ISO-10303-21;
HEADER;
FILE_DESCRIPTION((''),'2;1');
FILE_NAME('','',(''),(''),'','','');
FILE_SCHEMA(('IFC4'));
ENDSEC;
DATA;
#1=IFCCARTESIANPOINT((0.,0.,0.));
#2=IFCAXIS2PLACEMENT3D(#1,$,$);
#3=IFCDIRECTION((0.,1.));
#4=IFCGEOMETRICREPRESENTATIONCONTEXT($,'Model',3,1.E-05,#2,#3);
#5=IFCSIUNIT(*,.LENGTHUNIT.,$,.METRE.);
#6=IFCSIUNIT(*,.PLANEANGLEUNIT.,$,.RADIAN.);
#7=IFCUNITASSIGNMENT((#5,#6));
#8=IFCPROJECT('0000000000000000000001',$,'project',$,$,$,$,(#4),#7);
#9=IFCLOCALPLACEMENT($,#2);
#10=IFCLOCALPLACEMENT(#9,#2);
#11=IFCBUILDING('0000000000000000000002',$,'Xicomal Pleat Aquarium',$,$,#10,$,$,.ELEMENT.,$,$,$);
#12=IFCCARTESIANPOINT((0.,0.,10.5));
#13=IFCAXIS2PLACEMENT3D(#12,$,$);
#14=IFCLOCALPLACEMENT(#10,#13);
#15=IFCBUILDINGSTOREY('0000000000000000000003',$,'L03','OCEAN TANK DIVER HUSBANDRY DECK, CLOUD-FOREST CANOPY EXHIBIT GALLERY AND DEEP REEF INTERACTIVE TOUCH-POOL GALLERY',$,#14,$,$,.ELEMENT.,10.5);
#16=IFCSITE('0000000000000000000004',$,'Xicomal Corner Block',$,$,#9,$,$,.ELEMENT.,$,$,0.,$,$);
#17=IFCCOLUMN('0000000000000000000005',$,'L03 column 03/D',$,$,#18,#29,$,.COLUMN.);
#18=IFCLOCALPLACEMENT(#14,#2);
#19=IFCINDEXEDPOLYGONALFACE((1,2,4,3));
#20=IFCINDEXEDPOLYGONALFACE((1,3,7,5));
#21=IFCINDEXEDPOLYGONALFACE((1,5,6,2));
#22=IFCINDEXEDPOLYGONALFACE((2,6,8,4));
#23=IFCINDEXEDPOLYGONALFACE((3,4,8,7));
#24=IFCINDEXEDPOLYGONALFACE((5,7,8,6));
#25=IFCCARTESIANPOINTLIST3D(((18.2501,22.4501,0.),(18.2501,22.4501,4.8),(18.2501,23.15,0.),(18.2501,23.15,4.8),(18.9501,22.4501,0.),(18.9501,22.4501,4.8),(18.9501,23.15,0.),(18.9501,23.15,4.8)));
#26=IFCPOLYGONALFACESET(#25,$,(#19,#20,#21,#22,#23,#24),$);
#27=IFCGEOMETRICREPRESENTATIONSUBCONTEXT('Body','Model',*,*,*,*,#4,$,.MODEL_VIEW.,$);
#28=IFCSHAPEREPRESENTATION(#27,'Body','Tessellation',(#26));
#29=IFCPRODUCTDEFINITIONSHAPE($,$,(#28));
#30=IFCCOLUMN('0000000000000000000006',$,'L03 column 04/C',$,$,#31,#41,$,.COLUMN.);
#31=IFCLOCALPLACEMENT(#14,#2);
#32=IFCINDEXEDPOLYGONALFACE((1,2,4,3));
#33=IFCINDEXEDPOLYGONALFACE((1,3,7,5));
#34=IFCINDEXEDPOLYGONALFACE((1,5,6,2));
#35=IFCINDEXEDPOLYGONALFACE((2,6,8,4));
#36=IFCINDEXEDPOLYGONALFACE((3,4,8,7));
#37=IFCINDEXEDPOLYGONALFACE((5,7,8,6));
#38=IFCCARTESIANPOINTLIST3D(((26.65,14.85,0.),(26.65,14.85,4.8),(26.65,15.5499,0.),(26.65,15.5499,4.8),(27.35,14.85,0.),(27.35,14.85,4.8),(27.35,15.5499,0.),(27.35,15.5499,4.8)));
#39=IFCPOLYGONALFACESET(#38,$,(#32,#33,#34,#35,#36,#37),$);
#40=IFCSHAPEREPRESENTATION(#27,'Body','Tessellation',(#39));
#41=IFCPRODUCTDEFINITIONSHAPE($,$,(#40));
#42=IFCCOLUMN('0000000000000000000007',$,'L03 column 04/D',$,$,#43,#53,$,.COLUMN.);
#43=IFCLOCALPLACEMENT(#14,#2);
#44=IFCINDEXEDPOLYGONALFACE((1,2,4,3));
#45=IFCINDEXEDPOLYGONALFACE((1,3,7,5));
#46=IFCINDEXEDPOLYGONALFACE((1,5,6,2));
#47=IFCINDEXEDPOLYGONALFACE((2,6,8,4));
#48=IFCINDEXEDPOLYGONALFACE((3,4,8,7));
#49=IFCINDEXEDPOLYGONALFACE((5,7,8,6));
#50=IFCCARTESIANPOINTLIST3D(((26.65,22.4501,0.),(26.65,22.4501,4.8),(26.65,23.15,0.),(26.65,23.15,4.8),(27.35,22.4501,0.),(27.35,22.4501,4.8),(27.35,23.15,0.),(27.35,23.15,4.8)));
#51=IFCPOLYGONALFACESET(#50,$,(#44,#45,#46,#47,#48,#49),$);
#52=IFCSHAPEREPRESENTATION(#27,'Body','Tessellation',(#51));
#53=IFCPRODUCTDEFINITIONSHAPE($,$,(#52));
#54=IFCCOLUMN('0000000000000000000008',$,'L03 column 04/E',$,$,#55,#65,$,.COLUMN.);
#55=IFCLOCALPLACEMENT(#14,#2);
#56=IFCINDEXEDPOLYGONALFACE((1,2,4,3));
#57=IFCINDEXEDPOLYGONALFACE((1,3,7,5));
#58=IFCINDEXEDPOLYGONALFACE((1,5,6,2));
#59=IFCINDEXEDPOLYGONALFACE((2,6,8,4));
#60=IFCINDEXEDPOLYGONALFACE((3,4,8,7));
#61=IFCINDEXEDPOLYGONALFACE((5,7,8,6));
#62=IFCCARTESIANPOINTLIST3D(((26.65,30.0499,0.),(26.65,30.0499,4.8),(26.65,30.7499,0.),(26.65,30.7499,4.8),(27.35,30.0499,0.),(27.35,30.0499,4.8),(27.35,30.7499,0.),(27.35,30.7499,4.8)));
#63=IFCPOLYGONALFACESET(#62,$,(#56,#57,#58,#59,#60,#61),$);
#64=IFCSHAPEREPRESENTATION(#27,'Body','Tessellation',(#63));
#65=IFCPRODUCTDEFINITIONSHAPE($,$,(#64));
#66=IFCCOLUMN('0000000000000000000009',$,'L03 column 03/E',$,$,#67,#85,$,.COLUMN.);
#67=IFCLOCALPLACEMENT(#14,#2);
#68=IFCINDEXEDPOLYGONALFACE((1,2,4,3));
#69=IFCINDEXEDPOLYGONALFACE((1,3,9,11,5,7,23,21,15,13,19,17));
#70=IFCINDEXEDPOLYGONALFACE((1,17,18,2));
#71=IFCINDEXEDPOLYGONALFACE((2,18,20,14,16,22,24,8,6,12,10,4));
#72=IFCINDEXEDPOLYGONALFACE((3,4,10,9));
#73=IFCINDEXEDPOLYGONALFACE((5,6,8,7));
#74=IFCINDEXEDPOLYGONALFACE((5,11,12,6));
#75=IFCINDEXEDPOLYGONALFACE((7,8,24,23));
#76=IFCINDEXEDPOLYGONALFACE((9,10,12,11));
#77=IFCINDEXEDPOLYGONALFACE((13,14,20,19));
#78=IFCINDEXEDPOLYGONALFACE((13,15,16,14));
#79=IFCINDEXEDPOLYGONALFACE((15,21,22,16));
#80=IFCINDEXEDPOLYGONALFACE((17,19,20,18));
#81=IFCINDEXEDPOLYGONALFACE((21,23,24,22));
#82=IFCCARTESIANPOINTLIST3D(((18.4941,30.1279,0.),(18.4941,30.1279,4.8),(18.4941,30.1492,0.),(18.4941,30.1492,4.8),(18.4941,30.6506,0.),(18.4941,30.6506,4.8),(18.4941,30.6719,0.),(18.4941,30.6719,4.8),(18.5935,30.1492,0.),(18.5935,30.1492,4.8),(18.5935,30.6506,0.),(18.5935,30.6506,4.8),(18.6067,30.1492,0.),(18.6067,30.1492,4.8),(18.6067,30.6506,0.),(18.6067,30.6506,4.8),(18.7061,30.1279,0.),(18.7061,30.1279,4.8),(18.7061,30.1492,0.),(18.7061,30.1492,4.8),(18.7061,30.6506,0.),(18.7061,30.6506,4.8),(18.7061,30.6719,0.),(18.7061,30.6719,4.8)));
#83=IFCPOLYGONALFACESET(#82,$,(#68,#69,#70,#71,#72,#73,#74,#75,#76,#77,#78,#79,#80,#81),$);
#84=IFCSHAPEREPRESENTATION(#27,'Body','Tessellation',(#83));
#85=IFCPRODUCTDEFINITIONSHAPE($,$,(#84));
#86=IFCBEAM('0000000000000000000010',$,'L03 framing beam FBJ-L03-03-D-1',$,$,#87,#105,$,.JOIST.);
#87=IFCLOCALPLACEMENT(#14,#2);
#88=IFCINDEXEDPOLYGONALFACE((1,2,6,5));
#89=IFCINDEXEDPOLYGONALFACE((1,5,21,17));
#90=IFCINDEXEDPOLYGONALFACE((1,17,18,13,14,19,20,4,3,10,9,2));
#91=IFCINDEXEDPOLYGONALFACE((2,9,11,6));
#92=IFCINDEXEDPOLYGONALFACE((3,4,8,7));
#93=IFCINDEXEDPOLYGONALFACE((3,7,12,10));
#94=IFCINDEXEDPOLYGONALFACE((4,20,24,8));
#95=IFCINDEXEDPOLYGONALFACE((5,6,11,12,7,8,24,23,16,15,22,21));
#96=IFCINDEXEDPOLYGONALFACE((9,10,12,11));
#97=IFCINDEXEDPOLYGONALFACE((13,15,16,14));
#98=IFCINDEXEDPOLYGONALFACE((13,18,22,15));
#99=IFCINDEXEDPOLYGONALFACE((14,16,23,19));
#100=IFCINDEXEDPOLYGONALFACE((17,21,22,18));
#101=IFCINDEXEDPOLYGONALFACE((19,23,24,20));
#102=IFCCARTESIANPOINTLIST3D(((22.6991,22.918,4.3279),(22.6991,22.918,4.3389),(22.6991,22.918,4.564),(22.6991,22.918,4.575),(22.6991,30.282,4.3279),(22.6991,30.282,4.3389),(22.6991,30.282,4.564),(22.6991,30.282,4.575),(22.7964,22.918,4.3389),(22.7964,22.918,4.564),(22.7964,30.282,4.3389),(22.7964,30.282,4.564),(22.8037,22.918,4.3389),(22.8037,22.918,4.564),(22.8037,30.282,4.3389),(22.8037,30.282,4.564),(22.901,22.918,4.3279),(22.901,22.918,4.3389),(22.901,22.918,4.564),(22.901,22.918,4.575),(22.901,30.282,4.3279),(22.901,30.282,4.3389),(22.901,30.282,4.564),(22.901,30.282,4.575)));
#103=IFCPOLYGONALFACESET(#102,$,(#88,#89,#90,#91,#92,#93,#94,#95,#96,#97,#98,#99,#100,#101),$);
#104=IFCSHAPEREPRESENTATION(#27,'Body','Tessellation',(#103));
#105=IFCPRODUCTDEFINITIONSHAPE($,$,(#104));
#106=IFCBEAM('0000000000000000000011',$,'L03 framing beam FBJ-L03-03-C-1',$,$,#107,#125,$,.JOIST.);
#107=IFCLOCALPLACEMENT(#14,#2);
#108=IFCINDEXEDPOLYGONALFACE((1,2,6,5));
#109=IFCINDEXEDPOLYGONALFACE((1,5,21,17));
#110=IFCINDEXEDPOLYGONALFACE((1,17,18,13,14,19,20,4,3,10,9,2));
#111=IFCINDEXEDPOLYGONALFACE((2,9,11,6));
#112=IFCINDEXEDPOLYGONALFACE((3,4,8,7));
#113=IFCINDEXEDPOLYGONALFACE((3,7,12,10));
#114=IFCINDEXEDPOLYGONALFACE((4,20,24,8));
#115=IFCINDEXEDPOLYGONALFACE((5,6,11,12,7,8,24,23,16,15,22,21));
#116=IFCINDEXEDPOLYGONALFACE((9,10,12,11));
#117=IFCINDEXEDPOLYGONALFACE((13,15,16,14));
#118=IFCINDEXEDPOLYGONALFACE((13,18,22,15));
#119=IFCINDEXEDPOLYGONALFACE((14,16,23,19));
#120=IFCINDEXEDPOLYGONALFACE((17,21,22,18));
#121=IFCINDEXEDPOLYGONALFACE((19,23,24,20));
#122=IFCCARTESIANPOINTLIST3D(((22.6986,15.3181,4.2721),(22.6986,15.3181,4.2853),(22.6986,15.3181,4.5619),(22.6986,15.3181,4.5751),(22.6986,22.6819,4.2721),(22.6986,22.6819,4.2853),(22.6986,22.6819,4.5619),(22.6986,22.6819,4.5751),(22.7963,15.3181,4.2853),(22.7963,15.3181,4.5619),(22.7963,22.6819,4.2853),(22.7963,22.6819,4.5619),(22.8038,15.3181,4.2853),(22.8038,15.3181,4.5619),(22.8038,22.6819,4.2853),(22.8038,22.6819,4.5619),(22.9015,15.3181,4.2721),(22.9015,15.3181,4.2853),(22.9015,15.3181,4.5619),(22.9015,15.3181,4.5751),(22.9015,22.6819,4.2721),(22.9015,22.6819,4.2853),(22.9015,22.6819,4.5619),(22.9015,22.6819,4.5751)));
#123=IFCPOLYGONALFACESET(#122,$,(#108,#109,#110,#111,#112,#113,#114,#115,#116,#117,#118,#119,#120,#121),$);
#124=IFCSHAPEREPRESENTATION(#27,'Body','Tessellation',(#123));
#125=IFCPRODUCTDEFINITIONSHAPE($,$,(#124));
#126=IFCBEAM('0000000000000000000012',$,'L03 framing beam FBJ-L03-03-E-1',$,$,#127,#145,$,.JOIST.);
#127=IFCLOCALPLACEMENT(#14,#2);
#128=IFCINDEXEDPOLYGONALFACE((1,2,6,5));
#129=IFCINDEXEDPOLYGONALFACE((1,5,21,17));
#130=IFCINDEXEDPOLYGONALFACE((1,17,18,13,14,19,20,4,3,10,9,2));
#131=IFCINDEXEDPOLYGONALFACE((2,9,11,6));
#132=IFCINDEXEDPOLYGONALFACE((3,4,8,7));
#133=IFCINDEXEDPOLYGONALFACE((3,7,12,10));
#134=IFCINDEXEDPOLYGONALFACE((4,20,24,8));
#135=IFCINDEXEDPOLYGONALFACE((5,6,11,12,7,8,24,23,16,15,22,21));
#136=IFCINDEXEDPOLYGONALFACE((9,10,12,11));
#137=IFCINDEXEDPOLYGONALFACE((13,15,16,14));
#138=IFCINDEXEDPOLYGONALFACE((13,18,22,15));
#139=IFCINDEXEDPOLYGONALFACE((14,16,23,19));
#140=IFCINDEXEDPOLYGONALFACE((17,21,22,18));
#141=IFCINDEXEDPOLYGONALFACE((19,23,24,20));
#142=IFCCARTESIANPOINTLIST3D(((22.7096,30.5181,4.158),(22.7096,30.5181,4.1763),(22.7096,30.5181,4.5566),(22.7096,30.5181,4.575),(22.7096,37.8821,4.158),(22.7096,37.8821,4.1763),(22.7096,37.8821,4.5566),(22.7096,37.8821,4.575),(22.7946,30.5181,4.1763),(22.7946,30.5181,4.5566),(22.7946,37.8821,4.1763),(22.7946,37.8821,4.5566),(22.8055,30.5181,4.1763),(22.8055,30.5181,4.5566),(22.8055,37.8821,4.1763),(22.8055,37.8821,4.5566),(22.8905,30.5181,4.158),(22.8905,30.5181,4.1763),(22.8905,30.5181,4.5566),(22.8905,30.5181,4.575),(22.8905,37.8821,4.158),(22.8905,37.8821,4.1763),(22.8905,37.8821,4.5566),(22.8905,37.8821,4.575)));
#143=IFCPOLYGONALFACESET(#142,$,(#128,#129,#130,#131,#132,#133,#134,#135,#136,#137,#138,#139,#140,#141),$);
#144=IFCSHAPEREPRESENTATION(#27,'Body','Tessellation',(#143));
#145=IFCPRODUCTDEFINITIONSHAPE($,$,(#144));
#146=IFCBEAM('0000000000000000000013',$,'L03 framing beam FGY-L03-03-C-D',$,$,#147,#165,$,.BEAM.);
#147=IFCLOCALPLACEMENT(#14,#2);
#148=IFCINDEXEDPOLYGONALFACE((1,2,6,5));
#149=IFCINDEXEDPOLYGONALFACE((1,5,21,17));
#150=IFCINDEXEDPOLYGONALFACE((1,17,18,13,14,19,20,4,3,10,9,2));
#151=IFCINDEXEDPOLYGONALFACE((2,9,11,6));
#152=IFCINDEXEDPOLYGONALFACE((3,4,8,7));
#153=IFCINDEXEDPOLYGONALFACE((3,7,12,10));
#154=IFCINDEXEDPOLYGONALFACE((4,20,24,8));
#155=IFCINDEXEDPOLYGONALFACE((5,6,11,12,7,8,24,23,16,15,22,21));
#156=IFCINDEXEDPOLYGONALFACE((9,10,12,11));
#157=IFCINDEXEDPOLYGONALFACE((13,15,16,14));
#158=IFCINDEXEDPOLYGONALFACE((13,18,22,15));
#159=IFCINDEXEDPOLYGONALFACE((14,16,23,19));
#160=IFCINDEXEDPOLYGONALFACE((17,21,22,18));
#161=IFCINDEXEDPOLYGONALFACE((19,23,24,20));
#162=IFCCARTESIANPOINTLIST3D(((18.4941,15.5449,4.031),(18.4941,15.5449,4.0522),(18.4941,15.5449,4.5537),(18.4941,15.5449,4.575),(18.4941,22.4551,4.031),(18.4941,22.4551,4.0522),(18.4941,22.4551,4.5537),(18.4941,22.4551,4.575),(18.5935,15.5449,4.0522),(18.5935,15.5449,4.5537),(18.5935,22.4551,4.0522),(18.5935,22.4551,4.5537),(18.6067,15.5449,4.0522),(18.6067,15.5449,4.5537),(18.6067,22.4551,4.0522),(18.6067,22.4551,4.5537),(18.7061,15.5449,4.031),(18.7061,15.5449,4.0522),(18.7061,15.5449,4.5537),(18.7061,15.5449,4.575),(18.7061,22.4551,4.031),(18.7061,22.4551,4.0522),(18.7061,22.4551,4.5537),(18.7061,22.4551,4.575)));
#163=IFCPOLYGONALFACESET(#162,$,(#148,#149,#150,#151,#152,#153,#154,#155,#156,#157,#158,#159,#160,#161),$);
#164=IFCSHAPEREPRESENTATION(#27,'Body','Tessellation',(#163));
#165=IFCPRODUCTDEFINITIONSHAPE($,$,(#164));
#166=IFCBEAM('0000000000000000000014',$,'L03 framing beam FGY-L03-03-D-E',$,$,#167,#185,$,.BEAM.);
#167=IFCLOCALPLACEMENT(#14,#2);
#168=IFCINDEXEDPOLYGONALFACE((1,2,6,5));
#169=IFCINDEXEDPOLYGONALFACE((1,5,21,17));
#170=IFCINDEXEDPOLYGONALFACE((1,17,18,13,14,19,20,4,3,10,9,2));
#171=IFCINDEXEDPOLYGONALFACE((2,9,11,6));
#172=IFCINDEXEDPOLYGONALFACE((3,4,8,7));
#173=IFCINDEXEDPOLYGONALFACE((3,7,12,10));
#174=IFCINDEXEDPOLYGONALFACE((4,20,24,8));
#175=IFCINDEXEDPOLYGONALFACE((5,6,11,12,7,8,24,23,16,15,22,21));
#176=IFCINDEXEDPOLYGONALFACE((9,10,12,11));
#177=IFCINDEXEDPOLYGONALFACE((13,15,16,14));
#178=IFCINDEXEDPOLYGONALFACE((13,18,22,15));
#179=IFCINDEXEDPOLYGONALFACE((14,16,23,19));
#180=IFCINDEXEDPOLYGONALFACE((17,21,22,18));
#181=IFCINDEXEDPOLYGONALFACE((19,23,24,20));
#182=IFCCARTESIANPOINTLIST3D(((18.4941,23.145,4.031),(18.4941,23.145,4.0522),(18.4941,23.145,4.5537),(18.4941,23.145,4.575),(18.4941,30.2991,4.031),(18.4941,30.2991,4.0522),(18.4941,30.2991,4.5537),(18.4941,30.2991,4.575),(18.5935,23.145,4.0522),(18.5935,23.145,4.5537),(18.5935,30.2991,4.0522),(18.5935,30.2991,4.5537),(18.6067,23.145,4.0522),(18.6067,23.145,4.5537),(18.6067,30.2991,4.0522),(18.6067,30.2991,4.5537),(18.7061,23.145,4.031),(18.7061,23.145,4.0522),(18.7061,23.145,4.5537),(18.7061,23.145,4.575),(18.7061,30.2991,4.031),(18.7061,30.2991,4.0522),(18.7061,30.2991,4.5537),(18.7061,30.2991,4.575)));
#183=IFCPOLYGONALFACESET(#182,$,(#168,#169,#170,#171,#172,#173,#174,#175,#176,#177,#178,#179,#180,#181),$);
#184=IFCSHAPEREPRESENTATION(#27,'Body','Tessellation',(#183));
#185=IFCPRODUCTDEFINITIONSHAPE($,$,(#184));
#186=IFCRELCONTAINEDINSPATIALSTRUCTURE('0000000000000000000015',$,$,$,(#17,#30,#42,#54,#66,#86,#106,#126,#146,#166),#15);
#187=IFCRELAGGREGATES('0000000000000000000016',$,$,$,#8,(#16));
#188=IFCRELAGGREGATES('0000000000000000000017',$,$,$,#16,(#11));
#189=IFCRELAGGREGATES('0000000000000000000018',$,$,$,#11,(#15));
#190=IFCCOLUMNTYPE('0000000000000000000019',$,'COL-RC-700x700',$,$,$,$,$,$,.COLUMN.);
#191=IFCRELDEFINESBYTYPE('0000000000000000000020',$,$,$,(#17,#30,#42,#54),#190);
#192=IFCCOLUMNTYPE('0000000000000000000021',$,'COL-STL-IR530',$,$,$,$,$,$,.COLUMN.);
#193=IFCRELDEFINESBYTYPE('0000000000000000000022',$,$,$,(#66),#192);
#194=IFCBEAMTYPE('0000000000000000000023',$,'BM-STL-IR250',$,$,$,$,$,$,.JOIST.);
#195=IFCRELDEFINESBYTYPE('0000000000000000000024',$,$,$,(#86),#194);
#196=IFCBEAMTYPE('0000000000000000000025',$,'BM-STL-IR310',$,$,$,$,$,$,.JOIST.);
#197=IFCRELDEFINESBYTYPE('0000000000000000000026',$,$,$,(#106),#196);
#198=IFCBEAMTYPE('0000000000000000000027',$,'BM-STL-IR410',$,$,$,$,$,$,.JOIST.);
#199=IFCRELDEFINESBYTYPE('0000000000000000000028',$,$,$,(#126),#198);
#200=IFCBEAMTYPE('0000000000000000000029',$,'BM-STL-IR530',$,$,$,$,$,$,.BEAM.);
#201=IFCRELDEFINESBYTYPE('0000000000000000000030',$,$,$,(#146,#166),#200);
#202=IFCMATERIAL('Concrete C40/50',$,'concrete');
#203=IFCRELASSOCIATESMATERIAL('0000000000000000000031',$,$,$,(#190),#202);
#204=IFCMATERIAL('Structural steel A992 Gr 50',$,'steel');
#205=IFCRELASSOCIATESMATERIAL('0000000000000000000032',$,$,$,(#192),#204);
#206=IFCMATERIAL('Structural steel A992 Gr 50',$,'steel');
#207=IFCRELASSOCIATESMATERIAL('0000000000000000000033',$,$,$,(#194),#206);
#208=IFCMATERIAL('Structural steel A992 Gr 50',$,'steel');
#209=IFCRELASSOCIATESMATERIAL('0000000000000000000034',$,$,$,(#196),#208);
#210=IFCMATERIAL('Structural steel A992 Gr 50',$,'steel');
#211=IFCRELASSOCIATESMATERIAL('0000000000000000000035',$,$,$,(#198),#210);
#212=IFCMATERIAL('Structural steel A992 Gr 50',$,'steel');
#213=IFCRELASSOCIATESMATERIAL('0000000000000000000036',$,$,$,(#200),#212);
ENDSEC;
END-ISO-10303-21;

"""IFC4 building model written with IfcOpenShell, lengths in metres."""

from ifc_helpers import new_model, si_unit, direction, frame, origin, origin_2d, place, context, subcontext, project, spatial, rectangle, i_section, extrude, material, material_profile, profile_set, type_object, element, save


model = new_model("IFC4")

# Units and contexts
model_context = context("Model", 3, precision=1e-05, world=origin(), true_north=direction((0.0, 1.0)))
body_context = subcontext(model_context, "Body", "Model", "MODEL_VIEW")
ifc_project = project(units=[si_unit("LENGTHUNIT", "METRE"), si_unit("PLANEANGLEUNIT", "RADIAN")], contexts=[model_context])

# Site, building, storey
site_placement = place(None, origin())
site = spatial("IfcSite", under=ifc_project, at=site_placement, Name="Xicomal Corner Block", CompositionType="ELEMENT", RefElevation=0.0)
building_placement = place(site_placement, origin())
building = spatial("IfcBuilding", under=site, at=building_placement, Name="Xicomal Pleat Aquarium", CompositionType="ELEMENT")
storey_placement = place(building_placement, frame((0.0, 0.0, 10.5)))
storey = spatial("IfcBuildingStorey", under=building, at=storey_placement, Name="L03", Description="OCEAN TANK DIVER HUSBANDRY DECK, CLOUD-FOREST CANOPY EXHIBIT GALLERY AND DEEP REEF INTERACTIVE TOUCH-POOL GALLERY", CompositionType="ELEMENT", Elevation=10.5)

# Columns
ifc_material_1 = material(Name="Concrete C40/50", Category="concrete")
ifc_material_profile_1 = material_profile(ifc_material_1, rectangle(XDim=0.7, YDim=0.7, at=origin_2d()), Name="RC 700x700")
ifc_profile_set_1 = profile_set([ifc_material_profile_1], Name="Concrete C40/50")
column_type_1 = type_object("IfcColumnType", Name="COL-RC-700x700", PredefinedType="COLUMN", material=ifc_profile_set_1)
for number, where, z_axis, x_axis, name in (
    (1, (18.6001, 22.8, 0.0), (0.0, 0.0, 1.0), (1.0, 0.0, 0.0), "L03 column 03/D"),
    (2, (27.0, 15.2, 0.0), (0.0, 0.0, 1.0), (1.0, 0.0, 0.0), "L03 column 04/C"),
    (3, (27.0, 22.8, 0.0), (0.0, 0.0, 1.0), (1.0, 0.0, 0.0), "L03 column 04/D"),
    (4, (27.0, 30.3999, 0.0), (0.0, 0.0, 1.0), (1.0, 0.0, 0.0), "L03 column 04/E"),
):
    element("IfcColumn", number, at=place(storey_placement, frame(where, z_axis=z_axis, x_axis=x_axis)), inside=storey, type_object=column_type_1, Name=name, PredefinedType="COLUMN", context=body_context, shape_type="SweptSolid", body=[
        extrude(rectangle(XDim=0.7, YDim=0.7, at=origin_2d()), origin(), (0.0, 0.0, 1.0), 4.8),
    ])
ifc_material_2 = material(Name="Structural steel A992 Gr 50", Category="steel")
ifc_material_profile_2 = material_profile(ifc_material_2, i_section(OverallWidth=0.2119, OverallDepth=0.5439, WebThickness=0.0132, FlangeThickness=0.0212, at=origin_2d()), Name="IR 530x123")
ifc_profile_set_2 = profile_set([ifc_material_profile_2], Name="Structural steel A992 Gr 50")
column_type_2 = type_object("IfcColumnType", Name="COL-STL-IR530", PredefinedType="COLUMN", material=ifc_profile_set_2)
column_placement = place(storey_placement, frame((18.6001, 30.3999, 0.0), z_axis=(0.0, 0.0, 1.0), x_axis=(1.0, 0.0, 0.0)))
element("IfcColumn", 5, at=column_placement, inside=storey, type_object=column_type_2, Name="L03 column 03/E", PredefinedType="COLUMN", context=body_context, shape_type="SweptSolid", body=[
    extrude(i_section(OverallWidth=0.2119, OverallDepth=0.5439, WebThickness=0.0132, FlangeThickness=0.0212, at=origin_2d()), origin(), (0.0, 0.0, 1.0), 4.8),
])

# Beams
ifc_material_3 = material(Name="Structural steel A992 Gr 50", Category="steel")
ifc_material_profile_3 = material_profile(ifc_material_3, i_section(OverallWidth=0.2019, OverallDepth=0.2471, WebThickness=0.0073, FlangeThickness=0.011, at=origin_2d()), Name="IR 250x49")
ifc_profile_set_3 = profile_set([ifc_material_profile_3], Name="Structural steel A992 Gr 50")
beam_type_1 = type_object("IfcBeamType", Name="BM-STL-IR250", PredefinedType="JOIST", material=ifc_profile_set_3)
beam_1_placement = place(storey_placement, frame((22.8, 22.918, 4.4514), z_axis=(0.0, 1.0, 0.0), x_axis=(-1.0, 0.0, 0.0)))
element("IfcBeam", 6, at=beam_1_placement, inside=storey, type_object=beam_type_1, Name="L03 framing beam FBJ-L03-03-D-1", PredefinedType="JOIST", context=body_context, shape_type="SweptSolid", body=[
    extrude(i_section(OverallWidth=0.2019, OverallDepth=0.2471, WebThickness=0.0073, FlangeThickness=0.011, at=origin_2d()), origin(), (0.0, 0.0, 1.0), 7.364),
])
ifc_material_4 = material(Name="Structural steel A992 Gr 50", Category="steel")
ifc_material_profile_4 = material_profile(ifc_material_4, i_section(OverallWidth=0.2029, OverallDepth=0.303, WebThickness=0.0076, FlangeThickness=0.0132, at=origin_2d()), Name="IR 310x60")
ifc_profile_set_4 = profile_set([ifc_material_profile_4], Name="Structural steel A992 Gr 50")
beam_type_2 = type_object("IfcBeamType", Name="BM-STL-IR310", PredefinedType="JOIST", material=ifc_profile_set_4)
beam_2_placement = place(storey_placement, frame((22.8, 15.3181, 4.4236), z_axis=(0.0, 1.0, 0.0), x_axis=(-1.0, 0.0, 0.0)))
element("IfcBeam", 7, at=beam_2_placement, inside=storey, type_object=beam_type_2, Name="L03 framing beam FBJ-L03-03-C-1", PredefinedType="JOIST", context=body_context, shape_type="SweptSolid", body=[
    extrude(i_section(OverallWidth=0.2029, OverallDepth=0.303, WebThickness=0.0076, FlangeThickness=0.0132, at=origin_2d()), origin(), (0.0, 0.0, 1.0), 7.3638),
])
ifc_material_5 = material(Name="Structural steel A992 Gr 50", Category="steel")
ifc_material_profile_5 = material_profile(ifc_material_5, i_section(OverallWidth=0.1809, OverallDepth=0.417, WebThickness=0.011, FlangeThickness=0.0183, at=origin_2d()), Name="IR 410x85")
ifc_profile_set_5 = profile_set([ifc_material_profile_5], Name="Structural steel A992 Gr 50")
beam_type_3 = type_object("IfcBeamType", Name="BM-STL-IR410", PredefinedType="JOIST", material=ifc_profile_set_5)
beam_3_placement = place(storey_placement, frame((22.8, 30.5181, 4.3665), z_axis=(0.0, 1.0, 0.0), x_axis=(-1.0, 0.0, 0.0)))
element("IfcBeam", 8, at=beam_3_placement, inside=storey, type_object=beam_type_3, Name="L03 framing beam FBJ-L03-03-E-1", PredefinedType="JOIST", context=body_context, shape_type="SweptSolid", body=[
    extrude(i_section(OverallWidth=0.1809, OverallDepth=0.417, WebThickness=0.011, FlangeThickness=0.0183, at=origin_2d()), origin(), (0.0, 0.0, 1.0), 7.364),
])
ifc_material_6 = material(Name="Structural steel A992 Gr 50", Category="steel")
ifc_material_profile_6 = material_profile(ifc_material_6, i_section(OverallWidth=0.2119, OverallDepth=0.5439, WebThickness=0.0132, FlangeThickness=0.0212, at=origin_2d()), Name="IR 530x123")
ifc_profile_set_6 = profile_set([ifc_material_profile_6], Name="Structural steel A992 Gr 50")
beam_type_4 = type_object("IfcBeamType", Name="BM-STL-IR530", PredefinedType="BEAM", material=ifc_profile_set_6)
beam_4_placement = place(storey_placement, frame((18.6001, 15.5449, 4.303), z_axis=(0.0, 1.0, 0.0), x_axis=(-1.0, 0.0, 0.0)))
element("IfcBeam", 9, at=beam_4_placement, inside=storey, type_object=beam_type_4, Name="L03 framing beam FGY-L03-03-C-D", PredefinedType="BEAM", context=body_context, shape_type="SweptSolid", body=[
    extrude(i_section(OverallWidth=0.2119, OverallDepth=0.5439, WebThickness=0.0132, FlangeThickness=0.0212, at=origin_2d()), origin(), (0.0, 0.0, 1.0), 6.9102),
])
for number, where, z_axis, x_axis, name in (
    (10, (18.6001, 23.145, 4.303), (0.0, 1.0, 0.0), (-1.0, 0.0, 0.0), "L03 framing beam FGY-L03-03-D-E"),
):
    element("IfcBeam", number, at=place(storey_placement, frame(where, z_axis=z_axis, x_axis=x_axis)), inside=storey, type_object=beam_type_4, Name=name, PredefinedType="BEAM", context=body_context, shape_type="SweptSolid", body=[
        extrude(i_section(OverallWidth=0.2119, OverallDepth=0.5439, WebThickness=0.0132, FlangeThickness=0.0212, at=origin_2d()), origin(), (0.0, 0.0, 1.0), 7.1541),
    ])

save(model, "model.ifc")
